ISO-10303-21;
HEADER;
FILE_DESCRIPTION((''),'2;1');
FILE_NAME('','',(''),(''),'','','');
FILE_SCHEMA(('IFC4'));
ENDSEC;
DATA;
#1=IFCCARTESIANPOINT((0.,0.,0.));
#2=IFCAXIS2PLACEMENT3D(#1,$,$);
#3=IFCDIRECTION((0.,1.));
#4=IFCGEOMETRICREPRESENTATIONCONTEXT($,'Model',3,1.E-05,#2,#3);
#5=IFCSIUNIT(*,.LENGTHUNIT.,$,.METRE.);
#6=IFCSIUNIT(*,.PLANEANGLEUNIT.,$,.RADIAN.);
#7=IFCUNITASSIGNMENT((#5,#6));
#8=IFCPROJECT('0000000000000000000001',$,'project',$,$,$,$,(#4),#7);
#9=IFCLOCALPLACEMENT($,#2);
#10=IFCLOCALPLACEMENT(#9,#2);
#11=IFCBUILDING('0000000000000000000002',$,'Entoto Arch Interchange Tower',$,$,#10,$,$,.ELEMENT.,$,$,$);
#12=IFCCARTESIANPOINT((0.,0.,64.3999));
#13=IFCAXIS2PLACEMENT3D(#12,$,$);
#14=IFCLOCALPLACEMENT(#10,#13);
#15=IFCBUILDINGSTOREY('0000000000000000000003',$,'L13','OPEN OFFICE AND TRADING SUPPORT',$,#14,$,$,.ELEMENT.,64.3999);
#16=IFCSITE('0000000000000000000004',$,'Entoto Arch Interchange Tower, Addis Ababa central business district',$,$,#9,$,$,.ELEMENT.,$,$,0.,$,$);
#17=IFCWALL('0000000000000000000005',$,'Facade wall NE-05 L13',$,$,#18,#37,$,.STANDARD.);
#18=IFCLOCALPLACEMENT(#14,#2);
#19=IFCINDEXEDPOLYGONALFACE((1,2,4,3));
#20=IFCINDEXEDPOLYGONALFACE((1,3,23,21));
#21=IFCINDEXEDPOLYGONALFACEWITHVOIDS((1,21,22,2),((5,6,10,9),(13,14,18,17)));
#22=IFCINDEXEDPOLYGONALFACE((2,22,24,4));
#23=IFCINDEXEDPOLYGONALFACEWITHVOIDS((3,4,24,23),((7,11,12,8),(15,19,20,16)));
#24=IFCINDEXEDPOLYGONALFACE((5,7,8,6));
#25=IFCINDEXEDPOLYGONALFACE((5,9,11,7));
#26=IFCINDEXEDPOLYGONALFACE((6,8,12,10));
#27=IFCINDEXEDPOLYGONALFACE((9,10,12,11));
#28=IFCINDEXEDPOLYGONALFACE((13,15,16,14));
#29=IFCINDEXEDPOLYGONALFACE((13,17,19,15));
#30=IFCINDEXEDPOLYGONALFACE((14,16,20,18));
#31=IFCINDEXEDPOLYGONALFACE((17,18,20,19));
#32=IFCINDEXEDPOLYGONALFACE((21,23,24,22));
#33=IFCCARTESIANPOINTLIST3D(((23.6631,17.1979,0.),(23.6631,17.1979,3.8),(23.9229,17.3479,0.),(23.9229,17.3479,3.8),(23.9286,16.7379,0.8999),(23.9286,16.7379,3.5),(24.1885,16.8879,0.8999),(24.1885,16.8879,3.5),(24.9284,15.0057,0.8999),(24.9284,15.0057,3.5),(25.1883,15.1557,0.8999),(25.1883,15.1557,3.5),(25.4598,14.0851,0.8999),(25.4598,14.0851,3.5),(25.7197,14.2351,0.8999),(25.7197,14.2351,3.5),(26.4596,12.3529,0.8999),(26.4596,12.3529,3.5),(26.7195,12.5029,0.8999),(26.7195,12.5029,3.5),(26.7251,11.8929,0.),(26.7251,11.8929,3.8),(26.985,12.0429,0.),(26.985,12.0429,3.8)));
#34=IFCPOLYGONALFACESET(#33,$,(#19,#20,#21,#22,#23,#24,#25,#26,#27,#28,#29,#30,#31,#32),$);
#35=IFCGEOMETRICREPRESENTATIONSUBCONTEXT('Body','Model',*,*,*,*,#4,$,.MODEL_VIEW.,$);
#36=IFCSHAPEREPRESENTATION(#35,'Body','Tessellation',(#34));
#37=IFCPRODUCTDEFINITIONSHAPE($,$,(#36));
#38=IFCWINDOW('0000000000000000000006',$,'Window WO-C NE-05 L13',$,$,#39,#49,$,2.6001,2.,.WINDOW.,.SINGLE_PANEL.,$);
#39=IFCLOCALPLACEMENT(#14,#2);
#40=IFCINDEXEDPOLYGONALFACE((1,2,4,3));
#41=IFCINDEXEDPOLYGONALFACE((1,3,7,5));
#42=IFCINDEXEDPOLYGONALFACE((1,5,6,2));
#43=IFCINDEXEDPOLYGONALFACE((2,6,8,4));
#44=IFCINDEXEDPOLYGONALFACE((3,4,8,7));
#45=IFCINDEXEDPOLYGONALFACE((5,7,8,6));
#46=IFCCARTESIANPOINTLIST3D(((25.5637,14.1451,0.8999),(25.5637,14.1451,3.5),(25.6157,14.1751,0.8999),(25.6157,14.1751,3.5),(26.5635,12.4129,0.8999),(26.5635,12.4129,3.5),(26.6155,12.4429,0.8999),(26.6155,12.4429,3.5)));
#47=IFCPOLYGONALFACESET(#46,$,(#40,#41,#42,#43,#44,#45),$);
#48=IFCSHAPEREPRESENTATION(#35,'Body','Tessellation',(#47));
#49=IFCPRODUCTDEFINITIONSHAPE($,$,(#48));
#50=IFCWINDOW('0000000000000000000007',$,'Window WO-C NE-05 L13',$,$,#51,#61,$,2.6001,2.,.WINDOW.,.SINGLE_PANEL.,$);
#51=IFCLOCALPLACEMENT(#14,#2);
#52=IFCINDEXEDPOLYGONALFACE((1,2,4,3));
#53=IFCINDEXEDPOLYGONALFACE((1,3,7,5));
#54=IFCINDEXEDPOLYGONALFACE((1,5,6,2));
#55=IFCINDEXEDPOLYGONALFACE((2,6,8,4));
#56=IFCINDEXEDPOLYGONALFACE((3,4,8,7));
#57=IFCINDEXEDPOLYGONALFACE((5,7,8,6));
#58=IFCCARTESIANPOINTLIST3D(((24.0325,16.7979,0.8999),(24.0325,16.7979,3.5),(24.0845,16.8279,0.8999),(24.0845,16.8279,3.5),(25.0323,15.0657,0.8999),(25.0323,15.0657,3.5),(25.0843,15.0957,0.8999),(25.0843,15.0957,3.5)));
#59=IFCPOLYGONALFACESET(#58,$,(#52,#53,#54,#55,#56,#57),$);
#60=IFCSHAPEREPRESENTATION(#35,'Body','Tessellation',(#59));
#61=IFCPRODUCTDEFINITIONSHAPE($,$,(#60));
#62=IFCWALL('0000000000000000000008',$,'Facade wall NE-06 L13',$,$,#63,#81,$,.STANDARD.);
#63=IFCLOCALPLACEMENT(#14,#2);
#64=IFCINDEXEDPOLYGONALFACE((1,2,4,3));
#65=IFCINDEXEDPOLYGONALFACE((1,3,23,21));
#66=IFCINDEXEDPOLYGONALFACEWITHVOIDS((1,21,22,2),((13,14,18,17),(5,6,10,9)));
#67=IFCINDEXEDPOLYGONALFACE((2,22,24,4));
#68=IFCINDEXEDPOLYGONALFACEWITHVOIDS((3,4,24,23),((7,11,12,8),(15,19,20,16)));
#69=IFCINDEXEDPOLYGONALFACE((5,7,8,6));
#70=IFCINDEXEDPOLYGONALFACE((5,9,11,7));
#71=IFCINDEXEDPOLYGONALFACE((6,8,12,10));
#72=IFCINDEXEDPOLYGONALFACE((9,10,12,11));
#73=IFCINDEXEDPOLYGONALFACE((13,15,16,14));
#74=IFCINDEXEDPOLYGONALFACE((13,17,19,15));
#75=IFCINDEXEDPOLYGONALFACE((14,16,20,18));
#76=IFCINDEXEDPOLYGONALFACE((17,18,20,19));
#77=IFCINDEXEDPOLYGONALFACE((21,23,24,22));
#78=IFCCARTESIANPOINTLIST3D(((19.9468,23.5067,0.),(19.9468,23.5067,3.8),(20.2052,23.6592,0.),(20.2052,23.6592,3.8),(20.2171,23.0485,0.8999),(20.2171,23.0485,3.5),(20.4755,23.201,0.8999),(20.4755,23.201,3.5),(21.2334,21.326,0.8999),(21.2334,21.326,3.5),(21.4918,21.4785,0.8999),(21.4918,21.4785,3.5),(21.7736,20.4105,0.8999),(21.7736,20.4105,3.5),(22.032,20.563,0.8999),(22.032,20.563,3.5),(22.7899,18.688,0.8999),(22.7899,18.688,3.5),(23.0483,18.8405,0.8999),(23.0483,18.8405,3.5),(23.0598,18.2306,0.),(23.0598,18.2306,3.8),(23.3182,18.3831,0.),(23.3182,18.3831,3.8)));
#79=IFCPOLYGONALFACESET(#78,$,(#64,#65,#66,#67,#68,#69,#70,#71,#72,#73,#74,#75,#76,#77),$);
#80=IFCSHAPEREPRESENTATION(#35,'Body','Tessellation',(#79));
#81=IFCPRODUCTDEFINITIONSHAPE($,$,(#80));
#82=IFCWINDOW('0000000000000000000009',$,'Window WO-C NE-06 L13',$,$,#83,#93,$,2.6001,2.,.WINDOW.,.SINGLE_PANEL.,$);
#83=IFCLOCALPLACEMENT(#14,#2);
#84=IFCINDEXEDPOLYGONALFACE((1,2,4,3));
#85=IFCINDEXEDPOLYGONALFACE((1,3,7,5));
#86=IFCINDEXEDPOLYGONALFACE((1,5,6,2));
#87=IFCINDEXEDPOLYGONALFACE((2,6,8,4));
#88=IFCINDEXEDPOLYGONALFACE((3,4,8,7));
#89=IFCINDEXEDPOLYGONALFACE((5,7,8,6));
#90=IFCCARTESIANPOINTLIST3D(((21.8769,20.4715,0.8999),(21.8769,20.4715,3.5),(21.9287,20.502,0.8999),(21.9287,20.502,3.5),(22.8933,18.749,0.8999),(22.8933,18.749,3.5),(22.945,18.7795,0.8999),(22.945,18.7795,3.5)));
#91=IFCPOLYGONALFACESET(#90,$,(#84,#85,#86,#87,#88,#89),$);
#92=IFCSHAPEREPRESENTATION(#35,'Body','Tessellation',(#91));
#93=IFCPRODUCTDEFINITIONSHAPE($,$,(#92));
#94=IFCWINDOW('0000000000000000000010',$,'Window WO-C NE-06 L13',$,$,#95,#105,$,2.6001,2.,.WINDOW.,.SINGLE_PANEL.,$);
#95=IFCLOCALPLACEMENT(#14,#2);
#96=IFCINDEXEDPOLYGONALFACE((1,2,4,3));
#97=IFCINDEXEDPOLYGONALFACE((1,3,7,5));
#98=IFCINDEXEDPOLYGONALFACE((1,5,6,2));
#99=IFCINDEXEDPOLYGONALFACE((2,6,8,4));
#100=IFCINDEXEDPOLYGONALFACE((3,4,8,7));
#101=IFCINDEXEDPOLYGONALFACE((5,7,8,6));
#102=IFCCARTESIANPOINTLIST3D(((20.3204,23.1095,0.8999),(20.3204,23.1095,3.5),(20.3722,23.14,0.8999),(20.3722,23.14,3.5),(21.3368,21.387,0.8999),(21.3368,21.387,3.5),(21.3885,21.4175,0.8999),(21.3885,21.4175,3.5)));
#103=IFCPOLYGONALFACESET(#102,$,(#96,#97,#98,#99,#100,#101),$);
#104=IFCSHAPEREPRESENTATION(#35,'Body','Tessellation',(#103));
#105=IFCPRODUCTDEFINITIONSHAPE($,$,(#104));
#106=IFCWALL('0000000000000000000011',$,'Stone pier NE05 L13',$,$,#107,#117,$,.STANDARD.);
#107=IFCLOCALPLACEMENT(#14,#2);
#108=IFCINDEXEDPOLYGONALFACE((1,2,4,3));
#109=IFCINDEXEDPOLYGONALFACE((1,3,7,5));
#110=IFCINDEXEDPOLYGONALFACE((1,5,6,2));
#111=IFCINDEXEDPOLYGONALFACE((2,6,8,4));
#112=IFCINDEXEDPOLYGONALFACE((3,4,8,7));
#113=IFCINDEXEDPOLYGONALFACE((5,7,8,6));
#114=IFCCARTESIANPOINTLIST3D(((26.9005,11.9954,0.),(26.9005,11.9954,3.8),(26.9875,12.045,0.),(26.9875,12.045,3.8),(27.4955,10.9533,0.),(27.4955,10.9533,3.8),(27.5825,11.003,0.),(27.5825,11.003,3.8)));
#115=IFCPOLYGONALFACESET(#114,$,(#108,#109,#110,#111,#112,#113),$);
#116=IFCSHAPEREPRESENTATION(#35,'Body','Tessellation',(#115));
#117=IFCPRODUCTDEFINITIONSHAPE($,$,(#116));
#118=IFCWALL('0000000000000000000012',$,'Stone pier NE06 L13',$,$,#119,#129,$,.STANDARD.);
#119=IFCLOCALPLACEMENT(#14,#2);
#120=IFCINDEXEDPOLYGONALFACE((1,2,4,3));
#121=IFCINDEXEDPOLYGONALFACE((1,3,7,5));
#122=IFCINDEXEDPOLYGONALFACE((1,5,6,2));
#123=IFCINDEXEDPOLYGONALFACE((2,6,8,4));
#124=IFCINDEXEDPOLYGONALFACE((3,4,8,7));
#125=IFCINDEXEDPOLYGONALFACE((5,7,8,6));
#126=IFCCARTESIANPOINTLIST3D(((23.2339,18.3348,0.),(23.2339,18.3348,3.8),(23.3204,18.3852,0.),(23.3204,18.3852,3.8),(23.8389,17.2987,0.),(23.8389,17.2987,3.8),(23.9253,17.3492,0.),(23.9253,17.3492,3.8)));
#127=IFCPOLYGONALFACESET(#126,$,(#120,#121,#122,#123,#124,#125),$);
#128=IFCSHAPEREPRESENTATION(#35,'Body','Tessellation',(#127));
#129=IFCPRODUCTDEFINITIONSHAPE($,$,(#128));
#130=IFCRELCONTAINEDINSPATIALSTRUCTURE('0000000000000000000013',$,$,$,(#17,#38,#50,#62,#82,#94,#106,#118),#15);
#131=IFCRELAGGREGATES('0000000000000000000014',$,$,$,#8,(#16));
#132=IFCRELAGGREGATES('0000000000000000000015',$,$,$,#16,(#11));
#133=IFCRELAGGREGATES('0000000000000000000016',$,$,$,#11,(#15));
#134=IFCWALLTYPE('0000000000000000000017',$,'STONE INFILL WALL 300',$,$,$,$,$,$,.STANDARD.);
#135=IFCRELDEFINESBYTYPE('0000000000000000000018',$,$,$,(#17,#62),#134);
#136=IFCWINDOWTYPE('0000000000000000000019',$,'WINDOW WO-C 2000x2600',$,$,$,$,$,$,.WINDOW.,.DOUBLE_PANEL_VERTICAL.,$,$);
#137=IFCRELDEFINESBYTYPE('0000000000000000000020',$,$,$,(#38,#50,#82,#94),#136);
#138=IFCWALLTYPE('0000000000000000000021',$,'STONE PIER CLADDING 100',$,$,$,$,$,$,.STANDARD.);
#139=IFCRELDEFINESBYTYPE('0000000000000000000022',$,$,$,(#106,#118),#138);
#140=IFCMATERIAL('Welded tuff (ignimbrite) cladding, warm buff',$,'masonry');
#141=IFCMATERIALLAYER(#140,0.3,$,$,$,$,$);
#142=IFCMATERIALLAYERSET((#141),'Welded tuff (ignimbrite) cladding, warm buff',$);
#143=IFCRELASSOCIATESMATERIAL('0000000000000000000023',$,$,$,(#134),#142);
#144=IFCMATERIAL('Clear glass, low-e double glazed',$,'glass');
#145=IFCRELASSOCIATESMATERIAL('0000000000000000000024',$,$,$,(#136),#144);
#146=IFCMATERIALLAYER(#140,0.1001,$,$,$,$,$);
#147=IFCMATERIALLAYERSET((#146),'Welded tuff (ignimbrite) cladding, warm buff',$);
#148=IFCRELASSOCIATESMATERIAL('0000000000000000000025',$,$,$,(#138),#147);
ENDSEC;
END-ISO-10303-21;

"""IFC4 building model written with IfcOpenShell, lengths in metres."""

from ifc_helpers import new_model, si_unit, direction, frame, frame_2d, origin, place, context, subcontext, project, spatial, rectangle, extrude, material, layer, layer_set, type_object, element, fill, save


model = new_model("IFC4")

# Units and contexts
model_context = context("Model", 3, precision=1e-05, world=origin(), true_north=direction((0.0, 1.0)))
body_context = subcontext(model_context, "Body", "Model", "MODEL_VIEW")
ifc_project = project(units=[si_unit("LENGTHUNIT", "METRE"), si_unit("PLANEANGLEUNIT", "RADIAN")], contexts=[model_context])

# Site, building, storey
site_placement = place(None, origin())
site = spatial("IfcSite", under=ifc_project, at=site_placement, Name="Entoto Arch Interchange Tower, Addis Ababa central business district", CompositionType="ELEMENT", RefElevation=0.0)
building_placement = place(site_placement, origin())
building = spatial("IfcBuilding", under=site, at=building_placement, Name="Entoto Arch Interchange Tower", CompositionType="ELEMENT")
storey_placement = place(building_placement, frame((0.0, 0.0, 64.3999)))
storey = spatial("IfcBuildingStorey", under=building, at=storey_placement, Name="L13", Description="OPEN OFFICE AND TRADING SUPPORT", CompositionType="ELEMENT", Elevation=64.3999)

# Walls, openings, windows
ifc_material_1 = material(Name="Welded tuff (ignimbrite) cladding, warm buff", Category="masonry")
ifc_layer_1 = layer(ifc_material_1, 0.3)
ifc_layer_set_1 = layer_set([ifc_layer_1], Name="Welded tuff (ignimbrite) cladding, warm buff")
wall_type_1 = type_object("IfcWallType", Name="STONE INFILL WALL 300", PredefinedType="STANDARD", material=ifc_layer_set_1)
wall_1_placement = place(storey_placement, frame((26.855, 11.968, 0.0), z_axis=(0.0, 0.0, 1.0), x_axis=(-0.499903, 0.866081, 0.0)))
wall_1 = element("IfcWall", 1, at=wall_1_placement, inside=storey, type_object=wall_type_1, Name="Facade wall NE-05 L13", PredefinedType="STANDARD", context=body_context, shape_type="SweptSolid", body=[
    extrude(rectangle(XDim=6.1252, YDim=0.3, at=frame_2d((3.0625, 0.0))), origin(), (0.0, 0.0, 1.0), 3.8),
])
opening_1_placement = place(wall_1_placement, frame((0.531, 0.0, 0.8999)))
opening_1 = element("IfcOpeningElement", 2, at=opening_1_placement, cuts=wall_1, PredefinedType="OPENING", context=body_context, shape_type="SweptSolid", body=[
    extrude(rectangle(XDim=2.0, YDim=2.6001, at=frame_2d((1.0, 1.3))), frame((0.0, 0.1602, 0.0), z_axis=(0.0, -1.0, 0.0), x_axis=(1.0, 0.0, 0.0)), (0.0, 0.0, 1.0), 0.3201),
])
opening_2_placement = place(wall_1_placement, frame((3.594, 0.0, 0.8999)))
opening_2 = element("IfcOpeningElement", 3, at=opening_2_placement, cuts=wall_1, PredefinedType="OPENING", context=body_context, shape_type="SweptSolid", body=[
    extrude(rectangle(XDim=2.0, YDim=2.6001, at=frame_2d((1.0, 1.3))), frame((0.0, 0.1602, 0.0), z_axis=(0.0, -1.0, 0.0), x_axis=(1.0, 0.0, 0.0)), (0.0, 0.0, 1.0), 0.3201),
])
ifc_material_2 = material(Name="Clear glass, low-e double glazed", Category="glass")
window_type = type_object("IfcWindowType", Name="WINDOW WO-C 2000x2600", PartitioningType="DOUBLE_PANEL_VERTICAL", PredefinedType="WINDOW", material=ifc_material_2)
window_1_placement = place(opening_1_placement, origin())
window_1 = element("IfcWindow", 4, at=window_1_placement, inside=storey, type_object=window_type, Name="Window WO-C NE-05 L13", OverallHeight=2.6001, OverallWidth=2.0, PartitioningType="SINGLE_PANEL", PredefinedType="WINDOW", context=body_context, shape_type="SweptSolid", body=[
    extrude(rectangle(XDim=2.0, YDim=2.6001, at=frame_2d((1.0, 1.3))), frame((0.0, 0.03, 0.0), z_axis=(0.0, -1.0, 0.0), x_axis=(1.0, 0.0, 0.0)), (0.0, 0.0, 1.0), 0.0601),
])
fill(opening_1, window_1)
window_2_placement = place(opening_2_placement, origin())
window_2 = element("IfcWindow", 5, at=window_2_placement, inside=storey, type_object=window_type, Name="Window WO-C NE-05 L13", OverallHeight=2.6001, OverallWidth=2.0, PartitioningType="SINGLE_PANEL", PredefinedType="WINDOW", context=body_context, shape_type="SweptSolid", body=[
    extrude(rectangle(XDim=2.0, YDim=2.6001, at=frame_2d((1.0, 1.3))), frame((0.0, 0.03, 0.0), z_axis=(0.0, -1.0, 0.0), x_axis=(1.0, 0.0, 0.0)), (0.0, 0.0, 1.0), 0.0601),
])
fill(opening_2, window_2)
wall_2_placement = place(storey_placement, frame((23.189, 18.3069, 0.0), z_axis=(0.0, 0.0, 1.0), x_axis=(-0.508164, 0.86126, 0.0)))
wall_2 = element("IfcWall", 6, at=wall_2_placement, inside=storey, type_object=wall_type_1, Name="Facade wall NE-06 L13", PredefinedType="STANDARD", context=body_context, shape_type="SweptSolid", body=[
    extrude(rectangle(XDim=6.126, YDim=0.3, at=frame_2d((3.063, 0.0))), origin(), (0.0, 0.0, 1.0), 3.8),
])
opening_3_placement = place(wall_2_placement, frame((0.531, 0.0, 0.8999)))
opening_3 = element("IfcOpeningElement", 7, at=opening_3_placement, cuts=wall_2, PredefinedType="OPENING", context=body_context, shape_type="SweptSolid", body=[
    extrude(rectangle(XDim=2.0, YDim=2.6001, at=frame_2d((1.0, 1.3))), frame((0.0, 0.1602, 0.0), z_axis=(0.0, -1.0, 0.0), x_axis=(1.0, 0.0, 0.0)), (0.0, 0.0, 1.0), 0.3201),
])
opening_4_placement = place(wall_2_placement, frame((3.594, 0.0, 0.8999)))
opening_4 = element("IfcOpeningElement", 8, at=opening_4_placement, cuts=wall_2, PredefinedType="OPENING", context=body_context, shape_type="SweptSolid", body=[
    extrude(rectangle(XDim=2.0, YDim=2.6001, at=frame_2d((1.0, 1.3))), frame((0.0, 0.1602, 0.0), z_axis=(0.0, -1.0, 0.0), x_axis=(1.0, 0.0, 0.0)), (0.0, 0.0, 1.0), 0.3201),
])
window_3_placement = place(opening_3_placement, origin())
window_3 = element("IfcWindow", 9, at=window_3_placement, inside=storey, type_object=window_type, Name="Window WO-C NE-06 L13", OverallHeight=2.6001, OverallWidth=2.0, PartitioningType="SINGLE_PANEL", PredefinedType="WINDOW", context=body_context, shape_type="SweptSolid", body=[
    extrude(rectangle(XDim=2.0, YDim=2.6001, at=frame_2d((1.0, 1.3))), frame((0.0, 0.03, 0.0), z_axis=(0.0, -1.0, 0.0), x_axis=(1.0, 0.0, 0.0)), (0.0, 0.0, 1.0), 0.0601),
])
fill(opening_3, window_3)
window_4_placement = place(opening_4_placement, origin())
window_4 = element("IfcWindow", 10, at=window_4_placement, inside=storey, type_object=window_type, Name="Window WO-C NE-06 L13", OverallHeight=2.6001, OverallWidth=2.0, PartitioningType="SINGLE_PANEL", PredefinedType="WINDOW", context=body_context, shape_type="SweptSolid", body=[
    extrude(rectangle(XDim=2.0, YDim=2.6001, at=frame_2d((1.0, 1.3))), frame((0.0, 0.03, 0.0), z_axis=(0.0, -1.0, 0.0), x_axis=(1.0, 0.0, 0.0)), (0.0, 0.0, 1.0), 0.0601),
])
fill(opening_4, window_4)

# Walls
ifc_layer_2 = layer(ifc_material_1, 0.1001)
ifc_layer_set_2 = layer_set([ifc_layer_2], Name="Welded tuff (ignimbrite) cladding, warm buff")
wall_type_2 = type_object("IfcWallType", Name="STONE PIER CLADDING 100", PredefinedType="STANDARD", material=ifc_layer_set_2)
wall_3_placement = place(storey_placement, frame((27.5391, 10.978, 0.0), z_axis=(0.0, 0.0, 1.0), x_axis=(-0.495854, 0.868406, 0.0)))
element("IfcWall", 11, at=wall_3_placement, inside=storey, type_object=wall_type_2, Name="Stone pier NE05 L13", PredefinedType="STANDARD", context=body_context, shape_type="SweptSolid", body=[
    extrude(rectangle(XDim=1.2, YDim=0.1001, at=frame_2d((0.6001, 0.0))), origin(), (0.0, 0.0, 1.0), 3.8),
])
wall_4_placement = place(storey_placement, frame((23.8821, 17.324, 0.0), z_axis=(0.0, 0.0, 1.0), x_axis=(-0.504225, 0.863572, 0.0)))
element("IfcWall", 12, at=wall_4_placement, inside=storey, type_object=wall_type_2, Name="Stone pier NE06 L13", PredefinedType="STANDARD", context=body_context, shape_type="SweptSolid", body=[
    extrude(rectangle(XDim=1.1997, YDim=0.1001, at=frame_2d((0.5999, 0.0))), origin(), (0.0, 0.0, 1.0), 3.8),
])

save(model, "model.ifc")
